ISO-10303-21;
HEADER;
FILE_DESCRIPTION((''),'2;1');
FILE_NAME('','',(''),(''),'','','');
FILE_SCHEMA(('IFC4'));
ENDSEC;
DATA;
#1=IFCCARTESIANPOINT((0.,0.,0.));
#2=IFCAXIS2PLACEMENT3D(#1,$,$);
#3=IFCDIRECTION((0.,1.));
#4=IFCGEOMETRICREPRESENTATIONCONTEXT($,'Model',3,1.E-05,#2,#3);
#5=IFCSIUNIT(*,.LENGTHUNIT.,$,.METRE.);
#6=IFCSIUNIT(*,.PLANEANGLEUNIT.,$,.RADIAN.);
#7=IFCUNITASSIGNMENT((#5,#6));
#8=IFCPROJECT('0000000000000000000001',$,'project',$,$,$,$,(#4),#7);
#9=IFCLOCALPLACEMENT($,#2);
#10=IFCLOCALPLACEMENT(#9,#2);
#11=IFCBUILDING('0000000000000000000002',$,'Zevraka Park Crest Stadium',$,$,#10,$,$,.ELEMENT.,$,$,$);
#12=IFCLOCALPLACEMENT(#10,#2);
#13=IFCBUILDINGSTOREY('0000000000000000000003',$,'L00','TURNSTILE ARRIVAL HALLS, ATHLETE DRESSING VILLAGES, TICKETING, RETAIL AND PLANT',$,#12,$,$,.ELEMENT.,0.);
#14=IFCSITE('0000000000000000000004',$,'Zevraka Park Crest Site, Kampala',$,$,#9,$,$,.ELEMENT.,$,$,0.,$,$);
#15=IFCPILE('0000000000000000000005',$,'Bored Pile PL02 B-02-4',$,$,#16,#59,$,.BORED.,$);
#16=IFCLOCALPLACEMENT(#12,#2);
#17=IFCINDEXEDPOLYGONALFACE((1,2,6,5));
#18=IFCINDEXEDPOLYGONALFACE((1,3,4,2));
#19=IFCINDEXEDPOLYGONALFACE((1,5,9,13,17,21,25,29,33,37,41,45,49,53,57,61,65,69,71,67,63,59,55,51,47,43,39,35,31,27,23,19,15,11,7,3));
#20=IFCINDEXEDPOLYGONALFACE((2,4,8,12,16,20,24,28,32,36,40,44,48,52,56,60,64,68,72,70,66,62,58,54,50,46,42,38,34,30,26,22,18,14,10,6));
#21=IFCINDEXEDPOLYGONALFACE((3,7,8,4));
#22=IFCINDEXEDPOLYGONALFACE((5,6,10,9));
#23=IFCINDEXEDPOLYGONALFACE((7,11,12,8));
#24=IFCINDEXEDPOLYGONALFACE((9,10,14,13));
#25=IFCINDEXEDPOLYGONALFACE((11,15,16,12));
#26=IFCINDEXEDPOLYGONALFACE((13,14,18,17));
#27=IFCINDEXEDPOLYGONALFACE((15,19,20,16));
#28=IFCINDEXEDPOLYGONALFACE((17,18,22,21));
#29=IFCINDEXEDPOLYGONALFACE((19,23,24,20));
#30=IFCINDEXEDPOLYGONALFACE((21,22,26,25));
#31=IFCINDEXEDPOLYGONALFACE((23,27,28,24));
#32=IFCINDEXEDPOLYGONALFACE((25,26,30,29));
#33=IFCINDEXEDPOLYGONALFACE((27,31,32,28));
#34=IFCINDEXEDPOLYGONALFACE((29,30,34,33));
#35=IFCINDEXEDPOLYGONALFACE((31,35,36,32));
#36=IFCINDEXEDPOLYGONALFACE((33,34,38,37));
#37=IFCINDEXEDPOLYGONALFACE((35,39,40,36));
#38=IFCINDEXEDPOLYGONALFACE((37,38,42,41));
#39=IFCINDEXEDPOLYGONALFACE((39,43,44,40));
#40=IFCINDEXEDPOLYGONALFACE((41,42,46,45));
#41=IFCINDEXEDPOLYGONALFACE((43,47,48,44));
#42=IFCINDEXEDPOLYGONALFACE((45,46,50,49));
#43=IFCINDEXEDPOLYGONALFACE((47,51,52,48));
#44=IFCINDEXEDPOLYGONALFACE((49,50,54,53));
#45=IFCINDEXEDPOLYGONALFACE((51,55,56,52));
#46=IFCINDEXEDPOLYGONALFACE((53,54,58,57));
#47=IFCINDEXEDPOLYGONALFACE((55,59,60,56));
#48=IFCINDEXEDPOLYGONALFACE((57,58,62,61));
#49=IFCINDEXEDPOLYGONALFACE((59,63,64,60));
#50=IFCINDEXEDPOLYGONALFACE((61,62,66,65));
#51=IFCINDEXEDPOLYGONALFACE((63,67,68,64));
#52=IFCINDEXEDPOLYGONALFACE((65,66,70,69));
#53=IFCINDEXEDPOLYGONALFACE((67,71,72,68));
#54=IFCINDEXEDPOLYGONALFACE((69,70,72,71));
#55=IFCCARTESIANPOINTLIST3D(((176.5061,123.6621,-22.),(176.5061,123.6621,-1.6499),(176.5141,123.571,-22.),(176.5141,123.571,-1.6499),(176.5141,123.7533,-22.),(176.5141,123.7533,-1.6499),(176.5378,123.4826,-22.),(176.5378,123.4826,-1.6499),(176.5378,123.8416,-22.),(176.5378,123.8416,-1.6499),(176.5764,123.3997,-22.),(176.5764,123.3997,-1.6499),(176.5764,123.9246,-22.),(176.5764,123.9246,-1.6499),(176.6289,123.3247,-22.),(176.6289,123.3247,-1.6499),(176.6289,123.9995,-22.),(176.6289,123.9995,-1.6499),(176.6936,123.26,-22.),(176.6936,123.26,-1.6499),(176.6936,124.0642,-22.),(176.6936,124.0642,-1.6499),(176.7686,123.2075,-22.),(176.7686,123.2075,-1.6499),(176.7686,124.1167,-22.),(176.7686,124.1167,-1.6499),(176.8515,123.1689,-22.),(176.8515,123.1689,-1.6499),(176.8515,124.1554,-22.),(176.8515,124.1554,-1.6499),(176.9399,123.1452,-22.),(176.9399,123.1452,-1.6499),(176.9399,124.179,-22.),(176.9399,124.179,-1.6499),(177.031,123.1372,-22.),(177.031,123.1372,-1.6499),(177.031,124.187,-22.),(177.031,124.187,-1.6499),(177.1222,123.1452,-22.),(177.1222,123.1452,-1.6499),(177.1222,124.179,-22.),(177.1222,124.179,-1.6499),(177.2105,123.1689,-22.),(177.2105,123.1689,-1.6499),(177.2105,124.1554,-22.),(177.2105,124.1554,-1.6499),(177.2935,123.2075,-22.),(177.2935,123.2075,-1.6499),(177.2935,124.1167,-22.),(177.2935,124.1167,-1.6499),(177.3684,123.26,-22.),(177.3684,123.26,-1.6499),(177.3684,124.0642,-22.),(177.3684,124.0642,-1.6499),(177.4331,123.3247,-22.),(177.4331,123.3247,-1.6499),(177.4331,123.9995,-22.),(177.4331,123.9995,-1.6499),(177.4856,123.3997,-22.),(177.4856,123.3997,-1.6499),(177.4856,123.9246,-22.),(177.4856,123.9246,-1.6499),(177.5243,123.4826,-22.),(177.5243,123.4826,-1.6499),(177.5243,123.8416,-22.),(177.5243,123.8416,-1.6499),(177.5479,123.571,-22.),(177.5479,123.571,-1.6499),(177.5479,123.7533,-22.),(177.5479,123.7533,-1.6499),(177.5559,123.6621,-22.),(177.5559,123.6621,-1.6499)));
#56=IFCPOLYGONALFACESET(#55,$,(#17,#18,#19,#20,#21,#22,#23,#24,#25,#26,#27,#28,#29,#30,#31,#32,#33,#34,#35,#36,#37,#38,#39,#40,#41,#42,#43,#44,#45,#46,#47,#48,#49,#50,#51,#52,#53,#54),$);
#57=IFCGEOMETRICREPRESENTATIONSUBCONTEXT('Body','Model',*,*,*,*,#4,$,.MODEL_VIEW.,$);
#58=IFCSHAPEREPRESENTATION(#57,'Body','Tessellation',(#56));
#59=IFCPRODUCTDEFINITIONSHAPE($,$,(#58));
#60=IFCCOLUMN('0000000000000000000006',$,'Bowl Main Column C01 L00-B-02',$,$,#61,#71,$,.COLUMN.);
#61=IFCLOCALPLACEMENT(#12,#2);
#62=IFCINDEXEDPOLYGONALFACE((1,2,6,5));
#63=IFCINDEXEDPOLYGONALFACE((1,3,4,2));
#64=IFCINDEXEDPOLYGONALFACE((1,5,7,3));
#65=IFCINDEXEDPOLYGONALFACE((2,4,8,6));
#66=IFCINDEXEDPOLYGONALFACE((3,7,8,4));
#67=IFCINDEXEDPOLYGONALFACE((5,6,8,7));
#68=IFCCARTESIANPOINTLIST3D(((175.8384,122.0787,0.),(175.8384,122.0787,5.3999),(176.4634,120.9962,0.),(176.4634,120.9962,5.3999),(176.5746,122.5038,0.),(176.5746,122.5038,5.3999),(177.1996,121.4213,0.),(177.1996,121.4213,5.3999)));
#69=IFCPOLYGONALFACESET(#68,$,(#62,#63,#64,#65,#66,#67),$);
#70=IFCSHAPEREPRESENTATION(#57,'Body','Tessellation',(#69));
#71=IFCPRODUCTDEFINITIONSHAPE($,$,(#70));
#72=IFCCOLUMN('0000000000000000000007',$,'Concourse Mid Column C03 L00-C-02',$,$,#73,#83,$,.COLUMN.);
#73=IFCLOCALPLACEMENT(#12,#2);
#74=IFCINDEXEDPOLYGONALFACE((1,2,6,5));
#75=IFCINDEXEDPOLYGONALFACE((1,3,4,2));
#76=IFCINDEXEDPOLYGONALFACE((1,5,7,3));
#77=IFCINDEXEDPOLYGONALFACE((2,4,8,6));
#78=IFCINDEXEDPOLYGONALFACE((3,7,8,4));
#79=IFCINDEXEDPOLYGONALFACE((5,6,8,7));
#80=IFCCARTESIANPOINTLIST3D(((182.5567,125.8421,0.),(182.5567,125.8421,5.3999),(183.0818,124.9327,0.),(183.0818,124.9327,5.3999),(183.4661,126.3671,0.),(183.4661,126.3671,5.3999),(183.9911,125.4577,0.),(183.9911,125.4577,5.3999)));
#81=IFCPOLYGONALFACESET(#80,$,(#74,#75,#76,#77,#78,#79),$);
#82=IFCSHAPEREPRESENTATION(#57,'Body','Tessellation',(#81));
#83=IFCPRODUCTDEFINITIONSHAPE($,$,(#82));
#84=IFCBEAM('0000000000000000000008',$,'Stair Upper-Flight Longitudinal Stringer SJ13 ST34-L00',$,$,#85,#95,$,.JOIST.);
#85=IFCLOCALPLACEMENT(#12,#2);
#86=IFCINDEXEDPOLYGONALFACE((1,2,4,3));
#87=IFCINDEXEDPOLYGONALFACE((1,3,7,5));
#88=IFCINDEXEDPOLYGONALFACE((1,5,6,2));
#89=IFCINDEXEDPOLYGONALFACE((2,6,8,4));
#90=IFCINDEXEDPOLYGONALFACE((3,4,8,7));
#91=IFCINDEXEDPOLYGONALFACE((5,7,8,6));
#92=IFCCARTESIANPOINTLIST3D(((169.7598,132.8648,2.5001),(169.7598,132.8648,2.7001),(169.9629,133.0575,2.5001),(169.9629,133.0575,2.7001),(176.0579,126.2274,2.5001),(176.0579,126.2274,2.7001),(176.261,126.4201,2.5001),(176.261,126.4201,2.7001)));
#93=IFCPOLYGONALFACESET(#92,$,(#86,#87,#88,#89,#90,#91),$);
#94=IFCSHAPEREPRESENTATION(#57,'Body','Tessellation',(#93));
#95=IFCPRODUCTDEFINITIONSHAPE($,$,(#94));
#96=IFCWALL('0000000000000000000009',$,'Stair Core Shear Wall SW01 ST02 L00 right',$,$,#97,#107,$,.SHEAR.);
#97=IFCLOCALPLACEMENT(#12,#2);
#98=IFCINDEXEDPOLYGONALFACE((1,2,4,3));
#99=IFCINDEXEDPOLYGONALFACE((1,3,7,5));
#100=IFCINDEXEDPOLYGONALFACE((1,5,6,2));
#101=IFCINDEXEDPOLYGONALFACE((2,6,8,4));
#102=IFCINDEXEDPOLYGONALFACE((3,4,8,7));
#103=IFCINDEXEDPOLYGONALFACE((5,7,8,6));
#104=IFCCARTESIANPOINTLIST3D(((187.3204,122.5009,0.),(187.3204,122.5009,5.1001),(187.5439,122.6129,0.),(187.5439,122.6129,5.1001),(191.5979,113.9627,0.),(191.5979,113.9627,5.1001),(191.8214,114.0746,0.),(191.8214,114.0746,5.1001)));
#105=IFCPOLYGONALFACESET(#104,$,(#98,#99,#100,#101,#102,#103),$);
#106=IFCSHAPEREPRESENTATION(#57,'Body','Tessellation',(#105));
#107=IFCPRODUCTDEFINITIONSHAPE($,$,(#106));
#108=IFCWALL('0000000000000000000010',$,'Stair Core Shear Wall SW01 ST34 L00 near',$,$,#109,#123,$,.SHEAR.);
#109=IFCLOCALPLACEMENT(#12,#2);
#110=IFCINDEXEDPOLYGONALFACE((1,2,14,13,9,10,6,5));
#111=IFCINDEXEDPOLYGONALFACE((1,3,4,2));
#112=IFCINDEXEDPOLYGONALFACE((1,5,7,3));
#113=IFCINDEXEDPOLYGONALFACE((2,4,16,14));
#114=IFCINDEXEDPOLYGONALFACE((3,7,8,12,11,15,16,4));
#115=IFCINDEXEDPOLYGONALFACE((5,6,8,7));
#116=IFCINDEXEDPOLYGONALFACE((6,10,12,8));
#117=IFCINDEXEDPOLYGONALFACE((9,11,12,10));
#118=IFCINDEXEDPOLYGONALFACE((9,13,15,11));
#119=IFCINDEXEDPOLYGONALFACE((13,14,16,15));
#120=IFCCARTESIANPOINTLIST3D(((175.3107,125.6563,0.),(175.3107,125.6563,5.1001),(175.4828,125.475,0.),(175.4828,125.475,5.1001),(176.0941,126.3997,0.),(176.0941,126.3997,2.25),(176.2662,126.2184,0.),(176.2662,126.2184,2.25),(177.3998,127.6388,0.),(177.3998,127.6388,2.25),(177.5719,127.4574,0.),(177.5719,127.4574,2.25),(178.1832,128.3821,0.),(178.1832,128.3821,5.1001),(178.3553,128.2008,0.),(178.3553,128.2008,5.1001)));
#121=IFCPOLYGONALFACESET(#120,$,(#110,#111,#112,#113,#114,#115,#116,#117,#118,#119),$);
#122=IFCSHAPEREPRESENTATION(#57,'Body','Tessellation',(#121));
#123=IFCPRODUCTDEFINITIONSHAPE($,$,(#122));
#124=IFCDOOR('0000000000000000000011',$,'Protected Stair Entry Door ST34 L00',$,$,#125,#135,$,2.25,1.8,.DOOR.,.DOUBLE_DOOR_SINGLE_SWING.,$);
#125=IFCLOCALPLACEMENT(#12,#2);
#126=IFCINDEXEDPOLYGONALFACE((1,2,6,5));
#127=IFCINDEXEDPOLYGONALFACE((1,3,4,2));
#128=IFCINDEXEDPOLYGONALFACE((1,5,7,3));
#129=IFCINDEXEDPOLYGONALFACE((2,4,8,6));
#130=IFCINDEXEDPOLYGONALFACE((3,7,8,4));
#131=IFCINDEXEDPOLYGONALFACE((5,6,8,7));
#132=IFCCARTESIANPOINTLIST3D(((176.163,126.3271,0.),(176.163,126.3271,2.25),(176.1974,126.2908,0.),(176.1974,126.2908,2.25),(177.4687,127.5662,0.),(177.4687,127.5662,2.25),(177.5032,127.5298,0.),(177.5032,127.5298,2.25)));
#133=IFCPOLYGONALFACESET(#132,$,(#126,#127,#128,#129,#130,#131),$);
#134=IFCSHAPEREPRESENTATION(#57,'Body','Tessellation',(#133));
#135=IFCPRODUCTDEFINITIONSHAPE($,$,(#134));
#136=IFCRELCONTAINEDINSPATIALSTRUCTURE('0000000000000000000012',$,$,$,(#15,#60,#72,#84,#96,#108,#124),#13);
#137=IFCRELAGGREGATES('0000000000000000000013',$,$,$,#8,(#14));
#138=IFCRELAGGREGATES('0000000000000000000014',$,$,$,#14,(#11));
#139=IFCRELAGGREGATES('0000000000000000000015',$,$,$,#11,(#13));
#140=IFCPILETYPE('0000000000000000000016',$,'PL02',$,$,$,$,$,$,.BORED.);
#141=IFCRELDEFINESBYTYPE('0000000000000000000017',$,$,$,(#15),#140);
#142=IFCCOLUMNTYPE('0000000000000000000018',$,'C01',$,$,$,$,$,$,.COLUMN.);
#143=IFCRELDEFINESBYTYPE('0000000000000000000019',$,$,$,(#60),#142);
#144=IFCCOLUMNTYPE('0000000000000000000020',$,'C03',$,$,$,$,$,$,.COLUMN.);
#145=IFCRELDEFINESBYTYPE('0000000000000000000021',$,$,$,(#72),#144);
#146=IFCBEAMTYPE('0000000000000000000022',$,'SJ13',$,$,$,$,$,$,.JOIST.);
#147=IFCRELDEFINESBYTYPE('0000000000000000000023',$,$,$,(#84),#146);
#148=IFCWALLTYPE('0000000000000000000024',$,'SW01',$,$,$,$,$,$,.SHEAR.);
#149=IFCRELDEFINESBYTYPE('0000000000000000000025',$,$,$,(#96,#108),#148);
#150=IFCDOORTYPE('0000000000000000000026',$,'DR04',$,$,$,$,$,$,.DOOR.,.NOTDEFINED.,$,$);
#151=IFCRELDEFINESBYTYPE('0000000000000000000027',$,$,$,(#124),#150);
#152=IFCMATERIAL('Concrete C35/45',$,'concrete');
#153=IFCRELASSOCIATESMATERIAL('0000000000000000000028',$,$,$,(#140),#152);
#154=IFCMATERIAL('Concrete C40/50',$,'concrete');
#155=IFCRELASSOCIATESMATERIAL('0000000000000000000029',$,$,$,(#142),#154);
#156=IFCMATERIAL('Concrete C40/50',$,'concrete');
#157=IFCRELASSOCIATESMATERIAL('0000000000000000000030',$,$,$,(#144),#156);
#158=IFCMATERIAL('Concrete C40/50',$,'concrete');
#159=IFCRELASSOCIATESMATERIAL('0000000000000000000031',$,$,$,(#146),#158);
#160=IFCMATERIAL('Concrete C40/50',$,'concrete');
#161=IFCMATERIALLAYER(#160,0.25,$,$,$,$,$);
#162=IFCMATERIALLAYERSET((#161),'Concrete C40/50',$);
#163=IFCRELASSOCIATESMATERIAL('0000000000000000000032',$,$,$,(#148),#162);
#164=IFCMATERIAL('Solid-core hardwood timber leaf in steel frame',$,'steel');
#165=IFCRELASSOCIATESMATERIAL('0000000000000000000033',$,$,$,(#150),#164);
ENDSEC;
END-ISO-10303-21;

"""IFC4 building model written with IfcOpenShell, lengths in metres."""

from ifc_helpers import new_model, si_unit, direction, frame, frame_2d, origin, origin_2d, place, context, subcontext, project, spatial, rectangle, circle, extrude, material, layer, layer_set, material_profile, profile_set, type_object, element, fill, save


model = new_model("IFC4")

# Units and contexts
model_context = context("Model", 3, precision=1e-05, world=origin(), true_north=direction((0.0, 1.0)))
body_context = subcontext(model_context, "Body", "Model", "MODEL_VIEW")
ifc_project = project(units=[si_unit("LENGTHUNIT", "METRE"), si_unit("PLANEANGLEUNIT", "RADIAN")], contexts=[model_context])

# Site, building, storey
site_placement = place(None, origin())
site = spatial("IfcSite", under=ifc_project, at=site_placement, Name="Zevraka Park Crest Site, Kampala", CompositionType="ELEMENT", RefElevation=0.0)
building_placement = place(site_placement, origin())
building = spatial("IfcBuilding", under=site, at=building_placement, Name="Zevraka Park Crest Stadium", CompositionType="ELEMENT")
storey_placement = place(building_placement, origin())
storey = spatial("IfcBuildingStorey", under=building, at=storey_placement, Name="L00", Description="TURNSTILE ARRIVAL HALLS, ATHLETE DRESSING VILLAGES, TICKETING, RETAIL AND PLANT", CompositionType="ELEMENT", Elevation=0.0)

# Pile
ifc_material_1 = material(Name="Concrete C35/45", Category="concrete")
ifc_material_profile_1 = material_profile(ifc_material_1, circle(Radius=0.5249, at=origin_2d()), Name="PILE D1050")
ifc_profile_set_1 = profile_set([ifc_material_profile_1], Name="Concrete C35/45")
pile_type_1 = type_object("IfcPileType", Name="PL02", PredefinedType="BORED", material=ifc_profile_set_1)
for number, where, z_axis, x_axis, name in (
    (1, (177.031, 123.6621, -1.6499), (0.0, 0.0, -1.0), (1.0, 0.0, 0.0), "Bored Pile PL02 B-02-4"),
):
    element("IfcPile", number, at=place(storey_placement, frame(where, z_axis=z_axis, x_axis=x_axis)), inside=storey, type_object=pile_type_1, Name=name, PredefinedType="BORED", context=body_context, shape_type="SweptSolid", body=[
        extrude(circle(Radius=0.5249, at=origin_2d()), origin(), (0.0, 0.0, 1.0), 20.3501),
    ])

# Columns
ifc_material_2 = material(Name="Concrete C40/50", Category="concrete")
ifc_material_profile_2 = material_profile(ifc_material_2, rectangle(XDim=0.8501, YDim=1.25, at=origin_2d()), Name="RC 1250x850")
ifc_profile_set_2 = profile_set([ifc_material_profile_2], Name="Concrete C40/50")
column_type_1 = type_object("IfcColumnType", Name="C01", PredefinedType="COLUMN", material=ifc_profile_set_2)
column_1_placement = place(storey_placement, frame((176.519, 121.75, 0.0), z_axis=(0.0, 0.0, 1.0), x_axis=(0.866025, 0.5, 0.0)))
element("IfcColumn", 2, at=column_1_placement, inside=storey, type_object=column_type_1, Name="Bowl Main Column C01 L00-B-02", PredefinedType="COLUMN", context=body_context, shape_type="SweptSolid", body=[
    extrude(rectangle(XDim=0.8501, YDim=1.25, at=origin_2d()), origin(), (0.0, 0.0, 1.0), 5.3999),
])
ifc_material_3 = material(Name="Concrete C40/50", Category="concrete")
ifc_material_profile_3 = material_profile(ifc_material_3, rectangle(XDim=1.05, YDim=1.05, at=origin_2d()), Name="RC 1050x1050")
ifc_profile_set_3 = profile_set([ifc_material_profile_3], Name="Concrete C40/50")
column_type_2 = type_object("IfcColumnType", Name="C03", PredefinedType="COLUMN", material=ifc_profile_set_3)
column_2_placement = place(storey_placement, frame((183.2739, 125.6499, 0.0), z_axis=(0.0, 0.0, 1.0), x_axis=(0.866025, 0.5, 0.0)))
element("IfcColumn", 3, at=column_2_placement, inside=storey, type_object=column_type_2, Name="Concourse Mid Column C03 L00-C-02", PredefinedType="COLUMN", context=body_context, shape_type="SweptSolid", body=[
    extrude(rectangle(XDim=1.05, YDim=1.05, at=origin_2d()), origin(), (0.0, 0.0, 1.0), 5.3999),
])

# Beam
ifc_material_4 = material(Name="Concrete C40/50", Category="concrete")
ifc_material_profile_4 = material_profile(ifc_material_4, rectangle(XDim=0.28, YDim=0.2, at=origin_2d()), Name="RC 200x280")
ifc_profile_set_4 = profile_set([ifc_material_profile_4], Name="Concrete C40/50")
beam_type = type_object("IfcBeamType", Name="SJ13", PredefinedType="JOIST", material=ifc_profile_set_4)
beam_placement = place(storey_placement, frame((176.1594, 126.3237, 2.6001), z_axis=(-0.688319, 0.725408, 0.0), x_axis=(-0.725408, -0.688319, 0.0)))
element("IfcBeam", 4, at=beam_placement, inside=storey, type_object=beam_type, Name="Stair Upper-Flight Longitudinal Stringer SJ13 ST34-L00", PredefinedType="JOIST", context=body_context, shape_type="SweptSolid", body=[
    extrude(rectangle(XDim=0.28, YDim=0.2, at=origin_2d()), origin(), (0.0, 0.0, 1.0), 9.1499),
])

# Wall
ifc_material_5 = material(Name="Concrete C40/50", Category="concrete")
ifc_layer = layer(ifc_material_5, 0.25)
ifc_layer_set = layer_set([ifc_layer], Name="Concrete C40/50")
wall_type = type_object("IfcWallType", Name="SW01", PredefinedType="SHEAR", material=ifc_layer_set)
wall_1_placement = place(storey_placement, frame((187.4321, 122.5569, 0.0), z_axis=(0.0, 0.0, 1.0), x_axis=(0.447919, -0.894074, 0.0)))
element("IfcWall", 5, at=wall_1_placement, inside=storey, type_object=wall_type, Name="Stair Core Shear Wall SW01 ST02 L00 right", PredefinedType="SHEAR", context=body_context, shape_type="SweptSolid", body=[
    extrude(rectangle(XDim=9.5498, YDim=0.25, at=frame_2d((4.7749, 0.0))), origin(), (0.0, 0.0, 1.0), 5.1001),
])

# Wall, opening, door
wall_2_placement = place(storey_placement, frame((175.3967, 125.5657, 0.0), z_axis=(0.0, 0.0, 1.0), x_axis=(0.72539, 0.688338, 0.0)))
wall_2 = element("IfcWall", 6, at=wall_2_placement, inside=storey, type_object=wall_type, Name="Stair Core Shear Wall SW01 ST34 L00 near", PredefinedType="SHEAR", context=body_context, shape_type="SweptSolid", body=[
    extrude(rectangle(XDim=3.96, YDim=0.25, at=frame_2d((1.98, 0.0))), origin(), (0.0, 0.0, 1.0), 5.1001),
])
opening_placement = place(wall_2_placement, frame((1.0801, 0.0, 0.0)))
opening = element("IfcOpeningElement", 7, at=opening_placement, cuts=wall_2, PredefinedType="OPENING", context=body_context, shape_type="SweptSolid", body=[
    extrude(rectangle(XDim=1.8, YDim=2.25, at=frame_2d((0.8999, 1.125))), frame((0.0, 0.135, 0.0), z_axis=(0.0, -1.0, 0.0), x_axis=(1.0, 0.0, 0.0)), (0.0, 0.0, 1.0), 0.27),
])
ifc_material_6 = material(Name="Solid-core hardwood timber leaf in steel frame", Category="steel")
door_type = type_object("IfcDoorType", Name="DR04", OperationType="NOTDEFINED", PredefinedType="DOOR", material=ifc_material_6)
door_placement = place(opening_placement, origin())
door = element("IfcDoor", 8, at=door_placement, inside=storey, type_object=door_type, Name="Protected Stair Entry Door ST34 L00", OperationType="DOUBLE_DOOR_SINGLE_SWING", OverallHeight=2.25, OverallWidth=1.8, PredefinedType="DOOR", context=body_context, shape_type="SweptSolid", body=[
    extrude(rectangle(XDim=1.8, YDim=2.25, at=frame_2d((0.8999, 1.125))), frame((0.0, 0.0249, 0.0), z_axis=(0.0, -1.0, 0.0), x_axis=(1.0, 0.0, 0.0)), (0.0, 0.0, 1.0), 0.05),
])
fill(opening, door)

save(model, "model.ifc")
